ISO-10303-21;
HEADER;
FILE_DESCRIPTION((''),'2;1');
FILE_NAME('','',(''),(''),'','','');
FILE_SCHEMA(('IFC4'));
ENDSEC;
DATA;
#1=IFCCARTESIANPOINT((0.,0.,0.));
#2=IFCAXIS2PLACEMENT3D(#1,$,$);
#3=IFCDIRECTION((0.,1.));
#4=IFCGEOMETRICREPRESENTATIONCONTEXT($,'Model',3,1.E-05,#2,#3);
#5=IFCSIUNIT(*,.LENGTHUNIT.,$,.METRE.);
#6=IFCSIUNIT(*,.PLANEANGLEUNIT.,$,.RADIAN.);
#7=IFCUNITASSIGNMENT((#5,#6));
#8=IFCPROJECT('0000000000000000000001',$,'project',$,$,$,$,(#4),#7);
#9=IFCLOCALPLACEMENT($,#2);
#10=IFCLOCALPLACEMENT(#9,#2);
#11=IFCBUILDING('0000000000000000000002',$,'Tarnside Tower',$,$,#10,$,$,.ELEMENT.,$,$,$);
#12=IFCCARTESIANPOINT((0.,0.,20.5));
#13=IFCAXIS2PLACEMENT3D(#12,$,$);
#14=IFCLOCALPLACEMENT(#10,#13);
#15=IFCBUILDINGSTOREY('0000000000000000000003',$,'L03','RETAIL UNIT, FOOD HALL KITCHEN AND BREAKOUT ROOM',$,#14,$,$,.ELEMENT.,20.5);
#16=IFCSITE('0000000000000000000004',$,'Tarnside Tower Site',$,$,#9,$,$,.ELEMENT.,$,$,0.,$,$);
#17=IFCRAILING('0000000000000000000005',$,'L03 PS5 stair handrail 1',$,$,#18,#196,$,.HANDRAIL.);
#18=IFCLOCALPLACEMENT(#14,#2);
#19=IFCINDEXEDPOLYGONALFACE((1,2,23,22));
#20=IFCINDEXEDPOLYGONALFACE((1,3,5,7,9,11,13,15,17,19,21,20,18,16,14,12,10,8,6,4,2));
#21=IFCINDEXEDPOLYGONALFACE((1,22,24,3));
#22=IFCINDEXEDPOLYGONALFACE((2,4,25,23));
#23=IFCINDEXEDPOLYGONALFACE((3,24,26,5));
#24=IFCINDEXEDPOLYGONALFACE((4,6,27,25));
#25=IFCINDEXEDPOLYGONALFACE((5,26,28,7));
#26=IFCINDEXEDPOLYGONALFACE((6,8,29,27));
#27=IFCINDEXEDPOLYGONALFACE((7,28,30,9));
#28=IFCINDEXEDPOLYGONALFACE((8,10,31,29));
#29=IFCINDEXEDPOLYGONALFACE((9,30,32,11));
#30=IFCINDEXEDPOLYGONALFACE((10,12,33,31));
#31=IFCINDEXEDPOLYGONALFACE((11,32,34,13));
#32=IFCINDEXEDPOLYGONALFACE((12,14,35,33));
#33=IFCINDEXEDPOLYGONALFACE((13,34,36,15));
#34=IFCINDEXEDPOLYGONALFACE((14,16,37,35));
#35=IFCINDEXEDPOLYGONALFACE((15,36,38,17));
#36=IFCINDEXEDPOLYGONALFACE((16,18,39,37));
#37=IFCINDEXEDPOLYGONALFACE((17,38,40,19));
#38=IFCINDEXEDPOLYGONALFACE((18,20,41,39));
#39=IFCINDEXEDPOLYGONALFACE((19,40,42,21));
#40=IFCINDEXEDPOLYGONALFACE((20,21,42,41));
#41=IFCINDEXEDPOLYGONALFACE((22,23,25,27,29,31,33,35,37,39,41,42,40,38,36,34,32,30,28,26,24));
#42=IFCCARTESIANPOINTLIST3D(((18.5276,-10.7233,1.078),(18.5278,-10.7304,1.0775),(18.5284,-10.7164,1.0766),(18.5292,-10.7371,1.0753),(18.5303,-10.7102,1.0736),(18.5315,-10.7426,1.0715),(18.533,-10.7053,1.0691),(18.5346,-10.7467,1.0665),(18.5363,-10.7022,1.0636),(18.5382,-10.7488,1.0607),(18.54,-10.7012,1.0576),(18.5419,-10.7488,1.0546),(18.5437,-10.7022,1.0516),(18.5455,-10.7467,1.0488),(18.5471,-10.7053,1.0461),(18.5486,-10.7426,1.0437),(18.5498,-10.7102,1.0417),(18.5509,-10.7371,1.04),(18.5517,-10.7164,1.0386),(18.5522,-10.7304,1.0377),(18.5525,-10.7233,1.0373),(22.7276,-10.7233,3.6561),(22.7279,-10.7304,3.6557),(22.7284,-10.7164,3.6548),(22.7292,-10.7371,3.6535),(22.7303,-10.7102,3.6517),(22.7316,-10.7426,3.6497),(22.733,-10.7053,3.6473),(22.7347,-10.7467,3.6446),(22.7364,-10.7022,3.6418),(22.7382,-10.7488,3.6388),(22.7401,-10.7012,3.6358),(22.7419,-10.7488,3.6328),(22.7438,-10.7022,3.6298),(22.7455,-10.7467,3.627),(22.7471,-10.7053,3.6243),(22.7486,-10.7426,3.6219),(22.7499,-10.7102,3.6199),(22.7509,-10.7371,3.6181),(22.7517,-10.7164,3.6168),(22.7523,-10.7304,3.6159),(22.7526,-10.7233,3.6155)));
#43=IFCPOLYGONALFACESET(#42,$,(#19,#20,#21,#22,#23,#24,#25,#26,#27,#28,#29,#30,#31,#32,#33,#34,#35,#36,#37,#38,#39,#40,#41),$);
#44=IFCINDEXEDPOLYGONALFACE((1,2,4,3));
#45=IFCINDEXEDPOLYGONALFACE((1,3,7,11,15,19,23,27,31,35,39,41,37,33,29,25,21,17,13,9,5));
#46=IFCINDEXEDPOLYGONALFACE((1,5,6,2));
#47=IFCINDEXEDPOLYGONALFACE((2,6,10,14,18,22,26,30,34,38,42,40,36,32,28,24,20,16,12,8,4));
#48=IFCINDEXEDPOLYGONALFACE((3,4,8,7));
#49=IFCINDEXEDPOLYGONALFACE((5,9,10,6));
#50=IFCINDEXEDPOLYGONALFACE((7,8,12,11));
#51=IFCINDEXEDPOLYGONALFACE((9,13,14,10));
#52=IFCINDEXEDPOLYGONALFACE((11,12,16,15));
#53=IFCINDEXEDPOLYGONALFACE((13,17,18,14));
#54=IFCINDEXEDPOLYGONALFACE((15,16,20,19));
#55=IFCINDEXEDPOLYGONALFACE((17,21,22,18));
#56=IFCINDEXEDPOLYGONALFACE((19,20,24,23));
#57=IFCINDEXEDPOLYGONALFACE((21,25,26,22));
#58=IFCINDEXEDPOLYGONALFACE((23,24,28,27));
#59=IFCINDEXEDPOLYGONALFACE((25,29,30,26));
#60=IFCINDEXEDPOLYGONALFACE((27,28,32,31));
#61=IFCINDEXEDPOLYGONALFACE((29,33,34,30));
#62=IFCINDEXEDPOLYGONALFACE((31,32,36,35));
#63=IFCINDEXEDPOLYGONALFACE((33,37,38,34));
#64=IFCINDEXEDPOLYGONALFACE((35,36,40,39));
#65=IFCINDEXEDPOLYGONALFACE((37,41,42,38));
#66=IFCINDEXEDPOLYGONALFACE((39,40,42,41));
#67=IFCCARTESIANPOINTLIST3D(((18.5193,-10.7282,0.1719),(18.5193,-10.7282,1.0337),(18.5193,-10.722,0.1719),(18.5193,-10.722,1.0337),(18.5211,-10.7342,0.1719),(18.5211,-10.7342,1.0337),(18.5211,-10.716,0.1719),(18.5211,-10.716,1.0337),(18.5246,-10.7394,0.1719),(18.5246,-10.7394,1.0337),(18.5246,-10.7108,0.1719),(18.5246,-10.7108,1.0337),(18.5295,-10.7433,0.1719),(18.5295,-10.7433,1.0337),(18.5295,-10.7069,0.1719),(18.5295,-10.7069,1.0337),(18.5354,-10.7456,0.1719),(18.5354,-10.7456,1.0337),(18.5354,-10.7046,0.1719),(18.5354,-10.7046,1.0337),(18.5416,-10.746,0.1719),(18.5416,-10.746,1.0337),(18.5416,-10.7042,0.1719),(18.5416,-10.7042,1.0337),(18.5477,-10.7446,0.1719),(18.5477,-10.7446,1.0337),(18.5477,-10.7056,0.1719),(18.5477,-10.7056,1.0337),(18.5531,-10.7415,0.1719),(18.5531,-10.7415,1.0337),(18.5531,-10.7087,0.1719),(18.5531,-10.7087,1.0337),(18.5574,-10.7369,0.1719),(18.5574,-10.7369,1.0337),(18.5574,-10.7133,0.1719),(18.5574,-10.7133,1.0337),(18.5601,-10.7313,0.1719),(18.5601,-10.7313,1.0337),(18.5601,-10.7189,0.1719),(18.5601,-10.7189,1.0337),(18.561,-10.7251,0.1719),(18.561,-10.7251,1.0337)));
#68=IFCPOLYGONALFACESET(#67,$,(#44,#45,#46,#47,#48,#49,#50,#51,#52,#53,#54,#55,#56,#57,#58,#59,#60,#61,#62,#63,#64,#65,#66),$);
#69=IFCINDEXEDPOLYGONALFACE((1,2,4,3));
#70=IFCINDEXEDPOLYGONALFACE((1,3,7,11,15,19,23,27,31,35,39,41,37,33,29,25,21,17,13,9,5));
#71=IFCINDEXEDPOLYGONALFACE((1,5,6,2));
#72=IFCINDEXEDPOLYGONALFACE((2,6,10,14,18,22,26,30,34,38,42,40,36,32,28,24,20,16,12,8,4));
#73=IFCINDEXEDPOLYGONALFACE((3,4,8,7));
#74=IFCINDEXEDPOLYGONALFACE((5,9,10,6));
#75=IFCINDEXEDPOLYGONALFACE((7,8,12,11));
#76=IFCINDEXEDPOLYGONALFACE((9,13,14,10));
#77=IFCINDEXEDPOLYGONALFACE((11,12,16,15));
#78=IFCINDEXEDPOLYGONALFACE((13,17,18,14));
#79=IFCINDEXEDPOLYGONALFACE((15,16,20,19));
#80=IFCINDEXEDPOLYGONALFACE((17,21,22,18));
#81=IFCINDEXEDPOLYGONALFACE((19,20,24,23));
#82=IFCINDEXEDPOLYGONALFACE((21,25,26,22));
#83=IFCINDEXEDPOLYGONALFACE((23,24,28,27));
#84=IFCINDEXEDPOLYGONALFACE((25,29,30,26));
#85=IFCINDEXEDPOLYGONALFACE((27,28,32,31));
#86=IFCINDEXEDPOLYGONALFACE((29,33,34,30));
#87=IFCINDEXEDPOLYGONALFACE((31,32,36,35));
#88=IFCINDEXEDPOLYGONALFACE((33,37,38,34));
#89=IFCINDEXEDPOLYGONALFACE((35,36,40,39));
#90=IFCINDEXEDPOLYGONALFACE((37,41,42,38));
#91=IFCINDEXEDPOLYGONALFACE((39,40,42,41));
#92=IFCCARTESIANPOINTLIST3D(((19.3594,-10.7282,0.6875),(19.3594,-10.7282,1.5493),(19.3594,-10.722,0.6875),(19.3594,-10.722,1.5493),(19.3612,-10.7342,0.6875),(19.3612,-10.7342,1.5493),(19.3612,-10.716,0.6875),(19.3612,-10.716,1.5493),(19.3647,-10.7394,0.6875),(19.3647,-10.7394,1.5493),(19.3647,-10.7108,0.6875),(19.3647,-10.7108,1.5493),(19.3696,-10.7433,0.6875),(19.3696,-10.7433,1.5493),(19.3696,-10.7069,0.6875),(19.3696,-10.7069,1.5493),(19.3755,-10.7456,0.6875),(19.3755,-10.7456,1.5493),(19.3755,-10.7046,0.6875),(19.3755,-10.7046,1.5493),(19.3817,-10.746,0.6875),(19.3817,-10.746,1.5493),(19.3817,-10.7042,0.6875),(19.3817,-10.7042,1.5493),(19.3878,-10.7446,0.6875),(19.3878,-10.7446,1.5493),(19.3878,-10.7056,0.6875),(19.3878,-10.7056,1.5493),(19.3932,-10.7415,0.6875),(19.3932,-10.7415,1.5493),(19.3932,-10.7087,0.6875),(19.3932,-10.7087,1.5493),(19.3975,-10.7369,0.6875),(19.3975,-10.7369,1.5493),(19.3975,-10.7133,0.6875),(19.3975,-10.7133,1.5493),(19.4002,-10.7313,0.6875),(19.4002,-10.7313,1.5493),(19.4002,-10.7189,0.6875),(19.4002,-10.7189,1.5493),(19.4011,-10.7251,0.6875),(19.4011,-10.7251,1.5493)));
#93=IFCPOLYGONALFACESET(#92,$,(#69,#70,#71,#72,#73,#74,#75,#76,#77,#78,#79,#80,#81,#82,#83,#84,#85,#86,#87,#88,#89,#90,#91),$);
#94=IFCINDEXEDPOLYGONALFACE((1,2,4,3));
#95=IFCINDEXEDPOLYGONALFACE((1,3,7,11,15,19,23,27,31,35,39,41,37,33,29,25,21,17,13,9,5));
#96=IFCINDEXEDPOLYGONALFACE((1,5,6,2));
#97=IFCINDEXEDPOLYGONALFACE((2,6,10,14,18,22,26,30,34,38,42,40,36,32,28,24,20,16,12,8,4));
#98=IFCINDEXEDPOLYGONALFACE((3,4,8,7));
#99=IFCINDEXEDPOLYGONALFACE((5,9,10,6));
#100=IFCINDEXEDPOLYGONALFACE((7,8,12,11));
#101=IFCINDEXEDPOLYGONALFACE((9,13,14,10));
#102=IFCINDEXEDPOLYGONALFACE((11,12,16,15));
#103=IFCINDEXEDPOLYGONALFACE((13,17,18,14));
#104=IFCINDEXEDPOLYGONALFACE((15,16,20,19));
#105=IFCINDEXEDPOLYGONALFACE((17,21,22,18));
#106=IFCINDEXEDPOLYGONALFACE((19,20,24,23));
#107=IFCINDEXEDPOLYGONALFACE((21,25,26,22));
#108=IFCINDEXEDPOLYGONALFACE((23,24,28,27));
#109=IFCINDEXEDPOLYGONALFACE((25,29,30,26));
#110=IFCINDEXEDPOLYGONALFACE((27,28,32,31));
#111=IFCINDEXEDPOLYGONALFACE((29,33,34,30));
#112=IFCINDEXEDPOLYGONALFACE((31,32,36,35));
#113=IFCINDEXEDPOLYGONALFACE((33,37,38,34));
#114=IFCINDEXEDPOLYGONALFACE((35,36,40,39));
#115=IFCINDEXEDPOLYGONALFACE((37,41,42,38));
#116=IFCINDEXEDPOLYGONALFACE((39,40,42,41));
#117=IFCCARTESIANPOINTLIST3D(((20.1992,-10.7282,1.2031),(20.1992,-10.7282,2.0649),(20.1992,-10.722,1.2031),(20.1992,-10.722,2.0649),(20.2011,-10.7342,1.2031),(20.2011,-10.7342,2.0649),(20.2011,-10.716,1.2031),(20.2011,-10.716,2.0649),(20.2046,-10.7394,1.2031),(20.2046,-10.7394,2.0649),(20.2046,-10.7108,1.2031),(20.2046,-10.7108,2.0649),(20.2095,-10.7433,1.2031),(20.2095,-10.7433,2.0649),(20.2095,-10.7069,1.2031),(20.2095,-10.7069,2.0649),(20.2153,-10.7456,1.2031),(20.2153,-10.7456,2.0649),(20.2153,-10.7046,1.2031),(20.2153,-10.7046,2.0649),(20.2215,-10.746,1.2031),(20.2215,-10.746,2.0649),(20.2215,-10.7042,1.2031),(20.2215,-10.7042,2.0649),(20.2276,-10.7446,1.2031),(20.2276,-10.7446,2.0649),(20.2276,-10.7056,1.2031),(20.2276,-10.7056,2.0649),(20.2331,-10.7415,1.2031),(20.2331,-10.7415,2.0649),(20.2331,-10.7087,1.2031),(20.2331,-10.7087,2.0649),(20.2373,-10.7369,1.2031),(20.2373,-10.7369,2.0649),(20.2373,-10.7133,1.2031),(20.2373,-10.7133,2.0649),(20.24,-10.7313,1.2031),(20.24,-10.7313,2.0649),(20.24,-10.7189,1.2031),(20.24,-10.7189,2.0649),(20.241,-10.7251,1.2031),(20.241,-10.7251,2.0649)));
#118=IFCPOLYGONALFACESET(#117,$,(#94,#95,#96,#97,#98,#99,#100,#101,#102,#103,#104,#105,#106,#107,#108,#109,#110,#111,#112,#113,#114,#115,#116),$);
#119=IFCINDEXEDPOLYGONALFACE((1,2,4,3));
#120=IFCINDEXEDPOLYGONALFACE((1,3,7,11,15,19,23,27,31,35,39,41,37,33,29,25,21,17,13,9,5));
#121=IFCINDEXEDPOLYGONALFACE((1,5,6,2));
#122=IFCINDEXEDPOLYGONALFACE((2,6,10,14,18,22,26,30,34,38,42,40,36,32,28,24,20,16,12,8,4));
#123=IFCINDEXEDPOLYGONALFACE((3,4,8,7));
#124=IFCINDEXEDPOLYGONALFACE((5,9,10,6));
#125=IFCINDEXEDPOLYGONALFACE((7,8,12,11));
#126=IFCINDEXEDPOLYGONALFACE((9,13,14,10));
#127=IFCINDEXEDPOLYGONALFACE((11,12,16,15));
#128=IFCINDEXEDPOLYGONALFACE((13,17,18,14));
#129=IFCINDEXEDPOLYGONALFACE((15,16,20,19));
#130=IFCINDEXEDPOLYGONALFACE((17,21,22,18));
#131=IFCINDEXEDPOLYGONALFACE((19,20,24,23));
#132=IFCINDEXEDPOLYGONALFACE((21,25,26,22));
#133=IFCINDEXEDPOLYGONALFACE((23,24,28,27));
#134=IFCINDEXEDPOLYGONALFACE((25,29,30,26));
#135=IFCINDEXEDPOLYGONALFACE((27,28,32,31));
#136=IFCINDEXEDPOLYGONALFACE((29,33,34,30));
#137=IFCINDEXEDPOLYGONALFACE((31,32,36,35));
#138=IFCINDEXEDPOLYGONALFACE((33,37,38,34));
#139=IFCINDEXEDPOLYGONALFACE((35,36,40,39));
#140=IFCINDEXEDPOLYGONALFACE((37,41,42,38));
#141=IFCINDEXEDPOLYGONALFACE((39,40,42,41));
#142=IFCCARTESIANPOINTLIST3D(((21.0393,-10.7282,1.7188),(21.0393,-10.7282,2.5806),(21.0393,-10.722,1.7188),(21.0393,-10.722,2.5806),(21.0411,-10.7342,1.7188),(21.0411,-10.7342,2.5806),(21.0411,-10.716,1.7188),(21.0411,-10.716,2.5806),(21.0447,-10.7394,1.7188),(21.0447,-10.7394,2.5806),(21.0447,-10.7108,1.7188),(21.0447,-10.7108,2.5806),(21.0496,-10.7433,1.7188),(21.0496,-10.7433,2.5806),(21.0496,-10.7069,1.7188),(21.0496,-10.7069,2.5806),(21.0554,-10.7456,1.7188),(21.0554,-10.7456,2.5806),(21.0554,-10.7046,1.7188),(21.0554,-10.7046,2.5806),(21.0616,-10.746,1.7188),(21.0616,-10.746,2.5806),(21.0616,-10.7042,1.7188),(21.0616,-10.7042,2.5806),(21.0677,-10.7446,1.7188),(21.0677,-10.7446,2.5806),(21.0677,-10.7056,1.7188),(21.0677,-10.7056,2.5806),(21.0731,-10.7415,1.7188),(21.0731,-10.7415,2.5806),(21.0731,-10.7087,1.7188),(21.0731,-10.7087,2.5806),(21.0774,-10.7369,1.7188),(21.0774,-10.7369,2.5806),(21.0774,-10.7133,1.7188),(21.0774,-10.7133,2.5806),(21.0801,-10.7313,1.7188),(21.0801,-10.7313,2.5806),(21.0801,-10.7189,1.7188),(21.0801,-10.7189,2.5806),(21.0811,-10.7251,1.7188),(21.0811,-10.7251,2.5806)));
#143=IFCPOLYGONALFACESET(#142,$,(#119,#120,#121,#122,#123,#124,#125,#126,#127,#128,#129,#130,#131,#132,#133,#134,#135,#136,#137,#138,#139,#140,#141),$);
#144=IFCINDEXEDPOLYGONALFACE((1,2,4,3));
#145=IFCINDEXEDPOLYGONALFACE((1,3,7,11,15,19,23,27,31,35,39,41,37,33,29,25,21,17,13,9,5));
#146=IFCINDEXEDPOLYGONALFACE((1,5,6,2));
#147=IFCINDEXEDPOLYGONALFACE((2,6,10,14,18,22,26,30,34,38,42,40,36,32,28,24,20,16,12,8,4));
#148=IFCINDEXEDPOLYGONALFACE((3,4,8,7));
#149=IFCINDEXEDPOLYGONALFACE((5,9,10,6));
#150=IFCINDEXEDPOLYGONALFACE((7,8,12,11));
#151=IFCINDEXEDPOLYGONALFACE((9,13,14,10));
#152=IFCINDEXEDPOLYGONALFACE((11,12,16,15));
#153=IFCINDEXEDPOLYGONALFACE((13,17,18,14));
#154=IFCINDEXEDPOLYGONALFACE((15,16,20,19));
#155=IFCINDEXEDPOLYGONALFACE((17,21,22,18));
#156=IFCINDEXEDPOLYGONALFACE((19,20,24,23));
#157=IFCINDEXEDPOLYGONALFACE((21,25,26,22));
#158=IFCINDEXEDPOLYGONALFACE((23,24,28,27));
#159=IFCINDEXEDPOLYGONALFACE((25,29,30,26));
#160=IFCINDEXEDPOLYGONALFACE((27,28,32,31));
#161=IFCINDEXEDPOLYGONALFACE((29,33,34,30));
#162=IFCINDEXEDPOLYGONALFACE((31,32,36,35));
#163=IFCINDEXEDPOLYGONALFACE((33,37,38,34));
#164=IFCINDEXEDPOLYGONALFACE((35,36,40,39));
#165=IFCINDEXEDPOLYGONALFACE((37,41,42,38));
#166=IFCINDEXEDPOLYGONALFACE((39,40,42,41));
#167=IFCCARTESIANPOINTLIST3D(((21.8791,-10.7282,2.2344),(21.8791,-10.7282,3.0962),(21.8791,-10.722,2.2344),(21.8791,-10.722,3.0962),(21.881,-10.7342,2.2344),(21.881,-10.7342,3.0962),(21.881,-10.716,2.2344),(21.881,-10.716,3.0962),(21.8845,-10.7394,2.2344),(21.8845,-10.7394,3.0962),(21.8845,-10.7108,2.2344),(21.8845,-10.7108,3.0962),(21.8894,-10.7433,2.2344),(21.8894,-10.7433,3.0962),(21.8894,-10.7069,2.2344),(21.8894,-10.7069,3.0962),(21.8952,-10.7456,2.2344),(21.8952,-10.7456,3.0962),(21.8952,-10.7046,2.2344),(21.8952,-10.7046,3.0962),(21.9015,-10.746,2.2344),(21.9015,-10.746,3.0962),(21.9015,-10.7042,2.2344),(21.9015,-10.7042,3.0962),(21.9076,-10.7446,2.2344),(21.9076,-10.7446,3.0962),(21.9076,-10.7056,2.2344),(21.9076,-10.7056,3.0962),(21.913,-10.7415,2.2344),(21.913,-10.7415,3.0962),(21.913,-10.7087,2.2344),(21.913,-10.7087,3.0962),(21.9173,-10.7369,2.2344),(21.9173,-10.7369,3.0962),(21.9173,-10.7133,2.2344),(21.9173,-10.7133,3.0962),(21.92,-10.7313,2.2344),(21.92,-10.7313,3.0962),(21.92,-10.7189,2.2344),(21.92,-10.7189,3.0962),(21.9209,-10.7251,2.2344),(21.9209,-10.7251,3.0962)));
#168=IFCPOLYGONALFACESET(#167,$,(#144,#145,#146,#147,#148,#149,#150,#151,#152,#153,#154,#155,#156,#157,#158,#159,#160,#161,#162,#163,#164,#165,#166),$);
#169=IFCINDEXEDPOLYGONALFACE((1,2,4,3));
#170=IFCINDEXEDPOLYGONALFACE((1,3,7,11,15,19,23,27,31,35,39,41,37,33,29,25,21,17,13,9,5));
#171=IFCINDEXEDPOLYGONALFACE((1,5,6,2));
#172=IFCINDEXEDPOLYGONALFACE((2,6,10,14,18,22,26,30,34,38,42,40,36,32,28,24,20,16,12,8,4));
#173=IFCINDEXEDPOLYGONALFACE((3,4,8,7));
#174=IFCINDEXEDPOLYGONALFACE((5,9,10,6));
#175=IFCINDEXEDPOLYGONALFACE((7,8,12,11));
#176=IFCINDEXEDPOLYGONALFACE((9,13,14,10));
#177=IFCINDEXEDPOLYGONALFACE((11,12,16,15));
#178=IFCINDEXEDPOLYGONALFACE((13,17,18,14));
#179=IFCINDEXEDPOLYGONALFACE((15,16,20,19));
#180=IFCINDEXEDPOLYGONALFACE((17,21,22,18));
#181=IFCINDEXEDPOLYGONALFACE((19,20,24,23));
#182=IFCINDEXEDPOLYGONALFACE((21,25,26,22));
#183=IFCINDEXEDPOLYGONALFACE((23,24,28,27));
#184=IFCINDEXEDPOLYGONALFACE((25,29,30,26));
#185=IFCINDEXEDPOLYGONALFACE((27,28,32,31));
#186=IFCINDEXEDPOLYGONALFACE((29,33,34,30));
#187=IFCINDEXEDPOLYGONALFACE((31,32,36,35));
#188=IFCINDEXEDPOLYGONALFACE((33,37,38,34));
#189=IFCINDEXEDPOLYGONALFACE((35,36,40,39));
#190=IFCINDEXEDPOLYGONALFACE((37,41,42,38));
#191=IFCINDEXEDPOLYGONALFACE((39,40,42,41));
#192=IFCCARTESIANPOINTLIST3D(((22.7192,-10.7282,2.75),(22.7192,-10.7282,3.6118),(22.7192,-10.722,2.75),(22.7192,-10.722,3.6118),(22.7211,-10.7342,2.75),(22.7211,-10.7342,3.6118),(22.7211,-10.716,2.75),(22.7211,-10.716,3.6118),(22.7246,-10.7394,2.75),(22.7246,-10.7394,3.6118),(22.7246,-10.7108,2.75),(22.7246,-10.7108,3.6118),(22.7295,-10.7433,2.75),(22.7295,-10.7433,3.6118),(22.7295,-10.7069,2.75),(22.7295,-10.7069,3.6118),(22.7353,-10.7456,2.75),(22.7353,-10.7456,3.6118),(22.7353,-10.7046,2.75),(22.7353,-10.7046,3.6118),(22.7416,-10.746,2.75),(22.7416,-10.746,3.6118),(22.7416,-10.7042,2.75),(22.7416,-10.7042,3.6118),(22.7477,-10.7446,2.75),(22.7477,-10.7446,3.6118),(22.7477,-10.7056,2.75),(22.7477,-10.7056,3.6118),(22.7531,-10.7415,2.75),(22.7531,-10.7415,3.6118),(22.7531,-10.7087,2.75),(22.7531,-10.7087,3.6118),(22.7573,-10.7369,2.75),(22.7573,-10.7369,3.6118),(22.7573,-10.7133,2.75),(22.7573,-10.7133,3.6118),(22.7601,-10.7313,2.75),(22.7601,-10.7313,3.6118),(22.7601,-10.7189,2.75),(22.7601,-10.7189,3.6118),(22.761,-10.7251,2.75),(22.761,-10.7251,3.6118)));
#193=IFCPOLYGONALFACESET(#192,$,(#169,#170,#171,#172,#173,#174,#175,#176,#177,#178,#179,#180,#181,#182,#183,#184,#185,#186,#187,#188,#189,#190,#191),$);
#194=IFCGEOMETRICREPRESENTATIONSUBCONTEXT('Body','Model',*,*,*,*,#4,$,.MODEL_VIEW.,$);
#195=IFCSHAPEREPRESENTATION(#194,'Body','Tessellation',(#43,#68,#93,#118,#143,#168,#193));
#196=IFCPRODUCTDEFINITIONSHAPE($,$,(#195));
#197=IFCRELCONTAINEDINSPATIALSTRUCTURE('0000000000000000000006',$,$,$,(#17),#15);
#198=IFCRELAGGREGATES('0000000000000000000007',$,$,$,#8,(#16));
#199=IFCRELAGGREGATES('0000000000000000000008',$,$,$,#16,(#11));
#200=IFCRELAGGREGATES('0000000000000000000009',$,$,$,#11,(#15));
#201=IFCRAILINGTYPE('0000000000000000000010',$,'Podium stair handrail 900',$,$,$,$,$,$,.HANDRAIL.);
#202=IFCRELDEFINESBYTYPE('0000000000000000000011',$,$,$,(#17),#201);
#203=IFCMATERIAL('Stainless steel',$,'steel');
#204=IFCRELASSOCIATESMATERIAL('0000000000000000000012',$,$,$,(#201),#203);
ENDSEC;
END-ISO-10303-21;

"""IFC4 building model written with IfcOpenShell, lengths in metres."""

from ifc_helpers import new_model, si_unit, direction, frame, origin, origin_2d, place, context, subcontext, project, spatial, circle, extrude, material, type_object, element, save


model = new_model("IFC4")

# Units and contexts
model_context = context("Model", 3, precision=1e-05, world=origin(), true_north=direction((0.0, 1.0)))
body_context = subcontext(model_context, "Body", "Model", "MODEL_VIEW")
ifc_project = project(units=[si_unit("LENGTHUNIT", "METRE"), si_unit("PLANEANGLEUNIT", "RADIAN")], contexts=[model_context])

# Site, building, storey
site_placement = place(None, origin())
site = spatial("IfcSite", under=ifc_project, at=site_placement, Name="Tarnside Tower Site", CompositionType="ELEMENT", RefElevation=0.0)
building_placement = place(site_placement, origin())
building = spatial("IfcBuilding", under=site, at=building_placement, Name="Tarnside Tower", CompositionType="ELEMENT")
storey_placement = place(building_placement, frame((0.0, 0.0, 20.5)))
storey = spatial("IfcBuildingStorey", under=building, at=storey_placement, Name="L03", Description="RETAIL UNIT, FOOD HALL KITCHEN AND BREAKOUT ROOM", CompositionType="ELEMENT", Elevation=20.5)

# Railing
ifc_material_1 = material(Name="Stainless steel", Category="steel")
railing_type_1 = type_object("IfcRailingType", Name="Podium stair handrail 900", PredefinedType="HANDRAIL", material=ifc_material_1)
railing_1_placement = place(storey_placement, frame((18.54, -10.7251, 0.1719)))
element("IfcRailing", 1, at=railing_1_placement, inside=storey, type_object=railing_type_1, Name="L03 PS5 stair handrail 1", PredefinedType="HANDRAIL", context=body_context, shape_type="SweptSolid", body=[
    extrude(circle(Radius=0.0239, at=origin_2d()), frame((0.0, 0.0, 0.8857), z_axis=(0.852243, 0.0, 0.523146), x_axis=(0.0, 1.0, 0.0)), (0.0, 0.0, 1.0), 4.9282),
    extrude(circle(Radius=0.021, at=origin_2d()), origin(), (0.0, 0.0, 1.0), 0.8618),
    extrude(circle(Radius=0.021, at=origin_2d()), frame((0.8401, 0.0, 0.5156)), (0.0, 0.0, 1.0), 0.8618),
    extrude(circle(Radius=0.021, at=origin_2d()), frame((1.6799, 0.0, 1.0312)), (0.0, 0.0, 1.0), 0.8618),
    extrude(circle(Radius=0.021, at=origin_2d()), frame((2.52, 0.0, 1.5469)), (0.0, 0.0, 1.0), 0.8618),
    extrude(circle(Radius=0.021, at=origin_2d()), frame((3.3599, 0.0, 2.0625)), (0.0, 0.0, 1.0), 0.8618),
    extrude(circle(Radius=0.021, at=origin_2d()), frame((4.2, 0.0, 2.5781)), (0.0, 0.0, 1.0), 0.8618),
])

save(model, "model.ifc")
